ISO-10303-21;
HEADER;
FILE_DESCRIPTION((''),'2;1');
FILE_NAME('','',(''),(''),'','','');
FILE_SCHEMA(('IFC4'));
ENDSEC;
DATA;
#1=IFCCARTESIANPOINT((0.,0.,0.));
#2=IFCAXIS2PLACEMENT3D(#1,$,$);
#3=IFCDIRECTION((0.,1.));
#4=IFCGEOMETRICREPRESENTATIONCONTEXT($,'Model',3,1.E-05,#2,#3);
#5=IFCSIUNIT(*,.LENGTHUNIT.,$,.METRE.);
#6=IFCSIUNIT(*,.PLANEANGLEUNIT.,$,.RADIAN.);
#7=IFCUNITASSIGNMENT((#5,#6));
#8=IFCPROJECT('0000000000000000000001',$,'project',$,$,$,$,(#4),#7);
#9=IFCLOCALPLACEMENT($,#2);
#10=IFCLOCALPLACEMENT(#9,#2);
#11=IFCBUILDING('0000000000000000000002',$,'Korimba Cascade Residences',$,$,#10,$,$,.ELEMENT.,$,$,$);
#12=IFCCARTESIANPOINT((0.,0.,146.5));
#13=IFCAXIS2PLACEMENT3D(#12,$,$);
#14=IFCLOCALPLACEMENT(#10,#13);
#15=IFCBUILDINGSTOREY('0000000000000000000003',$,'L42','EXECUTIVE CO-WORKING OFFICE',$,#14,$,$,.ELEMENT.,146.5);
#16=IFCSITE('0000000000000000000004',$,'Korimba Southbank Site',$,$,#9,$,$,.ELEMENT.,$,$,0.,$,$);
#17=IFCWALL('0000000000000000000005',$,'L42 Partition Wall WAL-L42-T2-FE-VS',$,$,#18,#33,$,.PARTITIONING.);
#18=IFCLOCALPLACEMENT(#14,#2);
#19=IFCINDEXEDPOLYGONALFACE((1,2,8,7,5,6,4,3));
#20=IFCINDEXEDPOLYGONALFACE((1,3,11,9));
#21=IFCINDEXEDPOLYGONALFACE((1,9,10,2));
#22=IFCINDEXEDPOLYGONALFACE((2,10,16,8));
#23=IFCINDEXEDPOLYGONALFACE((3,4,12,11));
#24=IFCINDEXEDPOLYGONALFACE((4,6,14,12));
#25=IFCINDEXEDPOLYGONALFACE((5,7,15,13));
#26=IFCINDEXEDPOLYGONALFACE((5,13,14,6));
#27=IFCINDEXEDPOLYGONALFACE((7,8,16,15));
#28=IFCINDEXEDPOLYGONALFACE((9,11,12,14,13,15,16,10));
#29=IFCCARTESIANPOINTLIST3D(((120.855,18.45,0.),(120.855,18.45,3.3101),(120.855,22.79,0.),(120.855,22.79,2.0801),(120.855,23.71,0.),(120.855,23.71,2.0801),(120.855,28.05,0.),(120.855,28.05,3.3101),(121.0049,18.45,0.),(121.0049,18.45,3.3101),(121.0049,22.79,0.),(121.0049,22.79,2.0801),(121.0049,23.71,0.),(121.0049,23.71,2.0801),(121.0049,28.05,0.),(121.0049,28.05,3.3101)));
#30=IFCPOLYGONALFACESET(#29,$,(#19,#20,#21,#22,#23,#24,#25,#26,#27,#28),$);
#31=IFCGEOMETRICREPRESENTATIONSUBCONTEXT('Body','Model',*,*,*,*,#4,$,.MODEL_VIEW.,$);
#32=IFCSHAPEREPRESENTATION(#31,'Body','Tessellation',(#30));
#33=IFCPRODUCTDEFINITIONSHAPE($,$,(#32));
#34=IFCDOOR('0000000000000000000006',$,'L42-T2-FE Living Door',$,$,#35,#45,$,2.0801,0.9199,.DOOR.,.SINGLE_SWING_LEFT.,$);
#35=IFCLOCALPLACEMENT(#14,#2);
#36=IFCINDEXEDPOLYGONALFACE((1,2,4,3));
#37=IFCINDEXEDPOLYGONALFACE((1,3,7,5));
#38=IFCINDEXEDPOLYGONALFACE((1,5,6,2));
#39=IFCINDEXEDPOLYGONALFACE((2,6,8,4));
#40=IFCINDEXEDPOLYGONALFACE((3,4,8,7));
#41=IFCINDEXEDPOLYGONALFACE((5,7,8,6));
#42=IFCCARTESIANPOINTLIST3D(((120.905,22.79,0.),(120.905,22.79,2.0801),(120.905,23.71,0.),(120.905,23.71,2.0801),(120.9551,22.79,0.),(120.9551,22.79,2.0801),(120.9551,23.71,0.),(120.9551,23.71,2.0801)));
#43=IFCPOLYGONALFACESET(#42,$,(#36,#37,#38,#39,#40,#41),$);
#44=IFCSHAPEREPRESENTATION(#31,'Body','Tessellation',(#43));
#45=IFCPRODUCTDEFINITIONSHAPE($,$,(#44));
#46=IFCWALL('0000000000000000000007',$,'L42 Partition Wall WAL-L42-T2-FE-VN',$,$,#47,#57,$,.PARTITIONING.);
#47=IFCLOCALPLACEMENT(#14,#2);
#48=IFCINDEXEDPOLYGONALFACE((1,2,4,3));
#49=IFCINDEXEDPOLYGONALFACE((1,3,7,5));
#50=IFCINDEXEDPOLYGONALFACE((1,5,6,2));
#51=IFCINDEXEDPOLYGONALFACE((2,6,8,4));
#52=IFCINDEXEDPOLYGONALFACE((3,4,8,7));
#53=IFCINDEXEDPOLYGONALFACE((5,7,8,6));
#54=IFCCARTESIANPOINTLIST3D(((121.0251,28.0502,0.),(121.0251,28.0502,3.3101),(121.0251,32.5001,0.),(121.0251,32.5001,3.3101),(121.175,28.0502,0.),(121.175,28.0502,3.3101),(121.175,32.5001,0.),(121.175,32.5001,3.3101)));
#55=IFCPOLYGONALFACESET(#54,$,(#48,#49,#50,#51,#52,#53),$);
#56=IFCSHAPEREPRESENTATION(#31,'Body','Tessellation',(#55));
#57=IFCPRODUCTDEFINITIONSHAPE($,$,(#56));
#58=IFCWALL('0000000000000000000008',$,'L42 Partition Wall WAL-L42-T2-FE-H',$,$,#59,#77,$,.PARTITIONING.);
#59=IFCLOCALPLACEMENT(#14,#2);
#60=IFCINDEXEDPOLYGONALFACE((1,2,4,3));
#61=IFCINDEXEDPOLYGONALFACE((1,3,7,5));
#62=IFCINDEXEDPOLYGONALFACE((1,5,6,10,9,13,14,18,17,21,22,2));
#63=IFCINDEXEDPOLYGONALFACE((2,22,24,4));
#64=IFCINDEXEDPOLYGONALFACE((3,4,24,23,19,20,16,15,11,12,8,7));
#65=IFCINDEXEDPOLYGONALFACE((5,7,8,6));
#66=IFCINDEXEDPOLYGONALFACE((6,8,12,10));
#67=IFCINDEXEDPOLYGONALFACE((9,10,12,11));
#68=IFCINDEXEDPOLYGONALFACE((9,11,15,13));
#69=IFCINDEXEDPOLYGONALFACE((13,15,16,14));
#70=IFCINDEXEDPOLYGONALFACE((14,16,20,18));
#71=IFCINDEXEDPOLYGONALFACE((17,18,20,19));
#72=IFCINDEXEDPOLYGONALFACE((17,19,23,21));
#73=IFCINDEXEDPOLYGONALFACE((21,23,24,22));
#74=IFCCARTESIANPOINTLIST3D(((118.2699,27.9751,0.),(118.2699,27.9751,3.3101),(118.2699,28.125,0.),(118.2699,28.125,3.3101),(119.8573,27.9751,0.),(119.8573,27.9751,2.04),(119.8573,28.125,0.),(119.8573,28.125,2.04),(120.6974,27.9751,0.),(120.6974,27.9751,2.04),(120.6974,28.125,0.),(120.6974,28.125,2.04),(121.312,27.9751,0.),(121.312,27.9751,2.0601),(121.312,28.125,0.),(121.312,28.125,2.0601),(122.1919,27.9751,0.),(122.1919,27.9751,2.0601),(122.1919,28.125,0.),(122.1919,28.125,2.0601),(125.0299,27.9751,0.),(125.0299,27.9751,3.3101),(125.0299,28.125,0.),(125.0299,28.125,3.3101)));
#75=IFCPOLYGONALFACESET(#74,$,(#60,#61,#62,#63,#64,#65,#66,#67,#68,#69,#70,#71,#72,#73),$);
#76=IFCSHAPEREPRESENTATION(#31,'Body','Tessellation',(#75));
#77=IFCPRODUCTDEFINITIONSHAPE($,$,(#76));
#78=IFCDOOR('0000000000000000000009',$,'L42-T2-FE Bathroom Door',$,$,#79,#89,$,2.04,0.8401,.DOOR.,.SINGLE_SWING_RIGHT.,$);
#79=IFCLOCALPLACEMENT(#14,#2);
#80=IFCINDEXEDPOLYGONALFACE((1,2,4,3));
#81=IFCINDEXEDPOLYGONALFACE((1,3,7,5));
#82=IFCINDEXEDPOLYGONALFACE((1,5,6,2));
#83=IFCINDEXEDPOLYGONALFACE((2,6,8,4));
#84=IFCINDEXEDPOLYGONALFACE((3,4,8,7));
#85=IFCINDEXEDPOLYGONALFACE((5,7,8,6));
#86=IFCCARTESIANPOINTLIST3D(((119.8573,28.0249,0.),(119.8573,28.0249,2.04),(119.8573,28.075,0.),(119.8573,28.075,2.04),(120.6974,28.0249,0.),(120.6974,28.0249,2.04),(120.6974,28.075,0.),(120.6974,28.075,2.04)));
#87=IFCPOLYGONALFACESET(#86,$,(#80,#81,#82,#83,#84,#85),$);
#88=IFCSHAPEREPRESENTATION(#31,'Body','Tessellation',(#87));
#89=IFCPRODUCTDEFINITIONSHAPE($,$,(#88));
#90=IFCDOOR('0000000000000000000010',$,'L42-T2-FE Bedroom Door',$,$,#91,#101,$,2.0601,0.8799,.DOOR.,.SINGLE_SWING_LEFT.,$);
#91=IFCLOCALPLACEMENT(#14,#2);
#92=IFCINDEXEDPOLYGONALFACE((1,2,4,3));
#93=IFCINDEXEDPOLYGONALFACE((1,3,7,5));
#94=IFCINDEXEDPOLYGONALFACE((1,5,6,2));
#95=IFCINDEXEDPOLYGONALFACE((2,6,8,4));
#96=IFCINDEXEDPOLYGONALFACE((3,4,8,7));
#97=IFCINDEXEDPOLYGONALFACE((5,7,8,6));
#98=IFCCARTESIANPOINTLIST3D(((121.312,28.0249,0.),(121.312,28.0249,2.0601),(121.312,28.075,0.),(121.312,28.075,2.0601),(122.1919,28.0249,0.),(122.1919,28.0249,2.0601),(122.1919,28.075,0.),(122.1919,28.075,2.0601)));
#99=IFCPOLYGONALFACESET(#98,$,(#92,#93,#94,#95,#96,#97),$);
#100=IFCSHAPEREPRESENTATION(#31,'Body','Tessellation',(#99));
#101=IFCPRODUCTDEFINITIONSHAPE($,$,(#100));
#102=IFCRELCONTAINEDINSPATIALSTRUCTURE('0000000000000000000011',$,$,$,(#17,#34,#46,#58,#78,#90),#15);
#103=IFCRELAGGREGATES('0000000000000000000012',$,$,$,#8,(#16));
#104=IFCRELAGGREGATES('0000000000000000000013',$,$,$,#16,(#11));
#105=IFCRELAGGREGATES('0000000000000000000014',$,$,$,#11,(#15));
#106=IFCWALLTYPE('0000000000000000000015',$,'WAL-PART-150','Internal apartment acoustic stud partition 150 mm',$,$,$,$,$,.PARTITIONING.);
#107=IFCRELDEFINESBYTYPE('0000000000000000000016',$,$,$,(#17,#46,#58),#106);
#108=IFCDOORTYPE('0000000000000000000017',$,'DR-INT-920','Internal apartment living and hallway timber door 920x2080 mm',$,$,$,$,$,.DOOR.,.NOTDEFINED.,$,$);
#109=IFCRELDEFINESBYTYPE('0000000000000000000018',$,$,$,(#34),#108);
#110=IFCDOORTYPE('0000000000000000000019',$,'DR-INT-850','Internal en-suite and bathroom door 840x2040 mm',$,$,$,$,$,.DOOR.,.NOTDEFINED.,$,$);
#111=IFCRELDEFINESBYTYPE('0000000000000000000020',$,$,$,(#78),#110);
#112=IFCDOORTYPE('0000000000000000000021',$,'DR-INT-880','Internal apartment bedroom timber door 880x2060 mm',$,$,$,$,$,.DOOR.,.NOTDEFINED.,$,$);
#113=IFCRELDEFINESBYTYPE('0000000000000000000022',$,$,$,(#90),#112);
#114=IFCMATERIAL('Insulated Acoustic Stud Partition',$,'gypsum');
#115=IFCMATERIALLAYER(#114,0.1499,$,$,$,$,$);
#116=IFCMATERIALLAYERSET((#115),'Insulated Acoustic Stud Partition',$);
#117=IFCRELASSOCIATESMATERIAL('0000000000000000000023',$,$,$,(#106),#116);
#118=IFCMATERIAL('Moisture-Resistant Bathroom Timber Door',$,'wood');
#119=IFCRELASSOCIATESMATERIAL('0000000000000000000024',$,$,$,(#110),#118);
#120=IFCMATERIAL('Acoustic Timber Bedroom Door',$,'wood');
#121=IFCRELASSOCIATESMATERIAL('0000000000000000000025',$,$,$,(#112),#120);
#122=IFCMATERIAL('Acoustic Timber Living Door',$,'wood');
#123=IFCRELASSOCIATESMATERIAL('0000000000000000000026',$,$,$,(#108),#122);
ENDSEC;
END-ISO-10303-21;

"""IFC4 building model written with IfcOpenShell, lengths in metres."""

from ifc_helpers import new_model, si_unit, direction, frame, frame_2d, origin, place, context, subcontext, project, spatial, rectangle, extrude, material, layer, layer_set, type_object, element, fill, save


model = new_model("IFC4")

# Units and contexts
model_context = context("Model", 3, precision=1e-05, world=origin(), true_north=direction((0.0, 1.0)))
body_context = subcontext(model_context, "Body", "Model", "MODEL_VIEW")
ifc_project = project(units=[si_unit("LENGTHUNIT", "METRE"), si_unit("PLANEANGLEUNIT", "RADIAN")], contexts=[model_context])

# Site, building, storey
site_placement = place(None, origin())
site = spatial("IfcSite", under=ifc_project, at=site_placement, Name="Korimba Southbank Site", CompositionType="ELEMENT", RefElevation=0.0)
building_placement = place(site_placement, origin())
building = spatial("IfcBuilding", under=site, at=building_placement, Name="Korimba Cascade Residences", CompositionType="ELEMENT")
storey_placement = place(building_placement, frame((0.0, 0.0, 146.5)))
storey = spatial("IfcBuildingStorey", under=building, at=storey_placement, Name="L42", Description="EXECUTIVE CO-WORKING OFFICE", CompositionType="ELEMENT", Elevation=146.5)

# Wall, opening, door
ifc_material_1 = material(Name="Insulated Acoustic Stud Partition", Category="gypsum")
ifc_layer_1 = layer(ifc_material_1, 0.1499)
ifc_layer_set_1 = layer_set([ifc_layer_1], Name="Insulated Acoustic Stud Partition")
wall_type_1 = type_object("IfcWallType", Name="WAL-PART-150", Description="Internal apartment acoustic stud partition 150 mm", PredefinedType="PARTITIONING", material=ifc_layer_set_1)
ifc_material_2 = material(Name="Moisture-Resistant Bathroom Timber Door", Category="wood")
door_type_1 = type_object("IfcDoorType", Name="DR-INT-850", Description="Internal en-suite and bathroom door 840x2040 mm", OperationType="NOTDEFINED", PredefinedType="DOOR", material=ifc_material_2)
ifc_material_3 = material(Name="Acoustic Timber Bedroom Door", Category="wood")
door_type_2 = type_object("IfcDoorType", Name="DR-INT-880", Description="Internal apartment bedroom timber door 880x2060 mm", OperationType="NOTDEFINED", PredefinedType="DOOR", material=ifc_material_3)
wall_1_placement = place(storey_placement, frame((120.9299, 18.45, 0.0), z_axis=(0.0, 0.0, 1.0), x_axis=(0.0, 1.0, 0.0)))
wall_1 = element("IfcWall", 1, at=wall_1_placement, inside=storey, type_object=wall_type_1, Name="L42 Partition Wall WAL-L42-T2-FE-VS", PredefinedType="PARTITIONING", context=body_context, shape_type="SweptSolid", body=[
    extrude(rectangle(XDim=9.6001, YDim=0.1499, at=frame_2d((4.8, 0.0))), origin(), (0.0, 0.0, 1.0), 3.3101),
])
opening_1_placement = place(wall_1_placement, frame((4.3401, 0.0, 0.0)))
opening_1 = element("IfcOpeningElement", 2, at=opening_1_placement, cuts=wall_1, PredefinedType="OPENING", context=body_context, shape_type="SweptSolid", body=[
    extrude(rectangle(XDim=0.9199, YDim=2.0801, at=frame_2d((0.46, 1.04))), frame((0.0, 0.085, 0.0), z_axis=(0.0, -1.0, 0.0), x_axis=(1.0, 0.0, 0.0)), (0.0, 0.0, 1.0), 0.1699),
])
ifc_material_4 = material(Name="Acoustic Timber Living Door", Category="wood")
door_type_3 = type_object("IfcDoorType", Name="DR-INT-920", Description="Internal apartment living and hallway timber door 920x2080 mm", OperationType="NOTDEFINED", PredefinedType="DOOR", material=ifc_material_4)
door_1_placement = place(opening_1_placement, origin())
door_1 = element("IfcDoor", 3, at=door_1_placement, inside=storey, type_object=door_type_3, Name="L42-T2-FE Living Door", OperationType="SINGLE_SWING_LEFT", OverallHeight=2.0801, OverallWidth=0.9199, PredefinedType="DOOR", context=body_context, shape_type="SweptSolid", body=[
    extrude(rectangle(XDim=0.9199, YDim=2.0801, at=frame_2d((0.46, 1.04))), frame((0.0, 0.0249, 0.0), z_axis=(0.0, -1.0, 0.0), x_axis=(1.0, 0.0, 0.0)), (0.0, 0.0, 1.0), 0.05),
])
fill(opening_1, door_1)

# Wall
wall_2_placement = place(storey_placement, frame((121.1001, 28.05, 0.0), z_axis=(0.0, 0.0, 1.0), x_axis=(0.0, 1.0, 0.0)))
element("IfcWall", 4, at=wall_2_placement, inside=storey, type_object=wall_type_1, Name="L42 Partition Wall WAL-L42-T2-FE-VN", PredefinedType="PARTITIONING", context=body_context, shape_type="SweptSolid", body=[
    extrude(rectangle(XDim=4.45, YDim=0.1499, at=frame_2d((2.2251, 0.0))), origin(), (0.0, 0.0, 1.0), 3.3101),
])

# Wall, openings, doors
wall_3_placement = place(storey_placement, frame((118.27, 28.05, 0.0), z_axis=(0.0, 0.0, 1.0), x_axis=(1.0, 0.0, 0.0)))
wall_3 = element("IfcWall", 5, at=wall_3_placement, inside=storey, type_object=wall_type_1, Name="L42 Partition Wall WAL-L42-T2-FE-H", PredefinedType="PARTITIONING", context=body_context, shape_type="SweptSolid", body=[
    extrude(rectangle(XDim=6.76, YDim=0.1499, at=frame_2d((3.3799, 0.0))), origin(), (0.0, 0.0, 1.0), 3.3101),
])
opening_2_placement = place(wall_3_placement, frame((1.5874, 0.0, 0.0)))
opening_2 = element("IfcOpeningElement", 6, at=opening_2_placement, cuts=wall_3, PredefinedType="OPENING", context=body_context, shape_type="SweptSolid", body=[
    extrude(rectangle(XDim=0.8401, YDim=2.04, at=frame_2d((0.4199, 1.02))), frame((0.0, 0.085, 0.0), z_axis=(0.0, -1.0, 0.0), x_axis=(1.0, 0.0, 0.0)), (0.0, 0.0, 1.0), 0.1699),
])
opening_3_placement = place(wall_3_placement, frame((3.042, 0.0, 0.0)))
opening_3 = element("IfcOpeningElement", 7, at=opening_3_placement, cuts=wall_3, PredefinedType="OPENING", context=body_context, shape_type="SweptSolid", body=[
    extrude(rectangle(XDim=0.8799, YDim=2.0601, at=frame_2d((0.4399, 1.03))), frame((0.0, 0.085, 0.0), z_axis=(0.0, -1.0, 0.0), x_axis=(1.0, 0.0, 0.0)), (0.0, 0.0, 1.0), 0.1699),
])
door_2_placement = place(opening_2_placement, origin())
door_2 = element("IfcDoor", 8, at=door_2_placement, inside=storey, type_object=door_type_1, Name="L42-T2-FE Bathroom Door", OperationType="SINGLE_SWING_RIGHT", OverallHeight=2.04, OverallWidth=0.8401, PredefinedType="DOOR", context=body_context, shape_type="SweptSolid", body=[
    extrude(rectangle(XDim=0.8401, YDim=2.04, at=frame_2d((0.4199, 1.02))), frame((0.0, 0.0249, 0.0), z_axis=(0.0, -1.0, 0.0), x_axis=(1.0, 0.0, 0.0)), (0.0, 0.0, 1.0), 0.05),
])
fill(opening_2, door_2)
door_3_placement = place(opening_3_placement, origin())
door_3 = element("IfcDoor", 9, at=door_3_placement, inside=storey, type_object=door_type_2, Name="L42-T2-FE Bedroom Door", OperationType="SINGLE_SWING_LEFT", OverallHeight=2.0601, OverallWidth=0.8799, PredefinedType="DOOR", context=body_context, shape_type="SweptSolid", body=[
    extrude(rectangle(XDim=0.8799, YDim=2.0601, at=frame_2d((0.4399, 1.03))), frame((0.0, 0.0249, 0.0), z_axis=(0.0, -1.0, 0.0), x_axis=(1.0, 0.0, 0.0)), (0.0, 0.0, 1.0), 0.05),
])
fill(opening_3, door_3)

save(model, "model.ifc")
